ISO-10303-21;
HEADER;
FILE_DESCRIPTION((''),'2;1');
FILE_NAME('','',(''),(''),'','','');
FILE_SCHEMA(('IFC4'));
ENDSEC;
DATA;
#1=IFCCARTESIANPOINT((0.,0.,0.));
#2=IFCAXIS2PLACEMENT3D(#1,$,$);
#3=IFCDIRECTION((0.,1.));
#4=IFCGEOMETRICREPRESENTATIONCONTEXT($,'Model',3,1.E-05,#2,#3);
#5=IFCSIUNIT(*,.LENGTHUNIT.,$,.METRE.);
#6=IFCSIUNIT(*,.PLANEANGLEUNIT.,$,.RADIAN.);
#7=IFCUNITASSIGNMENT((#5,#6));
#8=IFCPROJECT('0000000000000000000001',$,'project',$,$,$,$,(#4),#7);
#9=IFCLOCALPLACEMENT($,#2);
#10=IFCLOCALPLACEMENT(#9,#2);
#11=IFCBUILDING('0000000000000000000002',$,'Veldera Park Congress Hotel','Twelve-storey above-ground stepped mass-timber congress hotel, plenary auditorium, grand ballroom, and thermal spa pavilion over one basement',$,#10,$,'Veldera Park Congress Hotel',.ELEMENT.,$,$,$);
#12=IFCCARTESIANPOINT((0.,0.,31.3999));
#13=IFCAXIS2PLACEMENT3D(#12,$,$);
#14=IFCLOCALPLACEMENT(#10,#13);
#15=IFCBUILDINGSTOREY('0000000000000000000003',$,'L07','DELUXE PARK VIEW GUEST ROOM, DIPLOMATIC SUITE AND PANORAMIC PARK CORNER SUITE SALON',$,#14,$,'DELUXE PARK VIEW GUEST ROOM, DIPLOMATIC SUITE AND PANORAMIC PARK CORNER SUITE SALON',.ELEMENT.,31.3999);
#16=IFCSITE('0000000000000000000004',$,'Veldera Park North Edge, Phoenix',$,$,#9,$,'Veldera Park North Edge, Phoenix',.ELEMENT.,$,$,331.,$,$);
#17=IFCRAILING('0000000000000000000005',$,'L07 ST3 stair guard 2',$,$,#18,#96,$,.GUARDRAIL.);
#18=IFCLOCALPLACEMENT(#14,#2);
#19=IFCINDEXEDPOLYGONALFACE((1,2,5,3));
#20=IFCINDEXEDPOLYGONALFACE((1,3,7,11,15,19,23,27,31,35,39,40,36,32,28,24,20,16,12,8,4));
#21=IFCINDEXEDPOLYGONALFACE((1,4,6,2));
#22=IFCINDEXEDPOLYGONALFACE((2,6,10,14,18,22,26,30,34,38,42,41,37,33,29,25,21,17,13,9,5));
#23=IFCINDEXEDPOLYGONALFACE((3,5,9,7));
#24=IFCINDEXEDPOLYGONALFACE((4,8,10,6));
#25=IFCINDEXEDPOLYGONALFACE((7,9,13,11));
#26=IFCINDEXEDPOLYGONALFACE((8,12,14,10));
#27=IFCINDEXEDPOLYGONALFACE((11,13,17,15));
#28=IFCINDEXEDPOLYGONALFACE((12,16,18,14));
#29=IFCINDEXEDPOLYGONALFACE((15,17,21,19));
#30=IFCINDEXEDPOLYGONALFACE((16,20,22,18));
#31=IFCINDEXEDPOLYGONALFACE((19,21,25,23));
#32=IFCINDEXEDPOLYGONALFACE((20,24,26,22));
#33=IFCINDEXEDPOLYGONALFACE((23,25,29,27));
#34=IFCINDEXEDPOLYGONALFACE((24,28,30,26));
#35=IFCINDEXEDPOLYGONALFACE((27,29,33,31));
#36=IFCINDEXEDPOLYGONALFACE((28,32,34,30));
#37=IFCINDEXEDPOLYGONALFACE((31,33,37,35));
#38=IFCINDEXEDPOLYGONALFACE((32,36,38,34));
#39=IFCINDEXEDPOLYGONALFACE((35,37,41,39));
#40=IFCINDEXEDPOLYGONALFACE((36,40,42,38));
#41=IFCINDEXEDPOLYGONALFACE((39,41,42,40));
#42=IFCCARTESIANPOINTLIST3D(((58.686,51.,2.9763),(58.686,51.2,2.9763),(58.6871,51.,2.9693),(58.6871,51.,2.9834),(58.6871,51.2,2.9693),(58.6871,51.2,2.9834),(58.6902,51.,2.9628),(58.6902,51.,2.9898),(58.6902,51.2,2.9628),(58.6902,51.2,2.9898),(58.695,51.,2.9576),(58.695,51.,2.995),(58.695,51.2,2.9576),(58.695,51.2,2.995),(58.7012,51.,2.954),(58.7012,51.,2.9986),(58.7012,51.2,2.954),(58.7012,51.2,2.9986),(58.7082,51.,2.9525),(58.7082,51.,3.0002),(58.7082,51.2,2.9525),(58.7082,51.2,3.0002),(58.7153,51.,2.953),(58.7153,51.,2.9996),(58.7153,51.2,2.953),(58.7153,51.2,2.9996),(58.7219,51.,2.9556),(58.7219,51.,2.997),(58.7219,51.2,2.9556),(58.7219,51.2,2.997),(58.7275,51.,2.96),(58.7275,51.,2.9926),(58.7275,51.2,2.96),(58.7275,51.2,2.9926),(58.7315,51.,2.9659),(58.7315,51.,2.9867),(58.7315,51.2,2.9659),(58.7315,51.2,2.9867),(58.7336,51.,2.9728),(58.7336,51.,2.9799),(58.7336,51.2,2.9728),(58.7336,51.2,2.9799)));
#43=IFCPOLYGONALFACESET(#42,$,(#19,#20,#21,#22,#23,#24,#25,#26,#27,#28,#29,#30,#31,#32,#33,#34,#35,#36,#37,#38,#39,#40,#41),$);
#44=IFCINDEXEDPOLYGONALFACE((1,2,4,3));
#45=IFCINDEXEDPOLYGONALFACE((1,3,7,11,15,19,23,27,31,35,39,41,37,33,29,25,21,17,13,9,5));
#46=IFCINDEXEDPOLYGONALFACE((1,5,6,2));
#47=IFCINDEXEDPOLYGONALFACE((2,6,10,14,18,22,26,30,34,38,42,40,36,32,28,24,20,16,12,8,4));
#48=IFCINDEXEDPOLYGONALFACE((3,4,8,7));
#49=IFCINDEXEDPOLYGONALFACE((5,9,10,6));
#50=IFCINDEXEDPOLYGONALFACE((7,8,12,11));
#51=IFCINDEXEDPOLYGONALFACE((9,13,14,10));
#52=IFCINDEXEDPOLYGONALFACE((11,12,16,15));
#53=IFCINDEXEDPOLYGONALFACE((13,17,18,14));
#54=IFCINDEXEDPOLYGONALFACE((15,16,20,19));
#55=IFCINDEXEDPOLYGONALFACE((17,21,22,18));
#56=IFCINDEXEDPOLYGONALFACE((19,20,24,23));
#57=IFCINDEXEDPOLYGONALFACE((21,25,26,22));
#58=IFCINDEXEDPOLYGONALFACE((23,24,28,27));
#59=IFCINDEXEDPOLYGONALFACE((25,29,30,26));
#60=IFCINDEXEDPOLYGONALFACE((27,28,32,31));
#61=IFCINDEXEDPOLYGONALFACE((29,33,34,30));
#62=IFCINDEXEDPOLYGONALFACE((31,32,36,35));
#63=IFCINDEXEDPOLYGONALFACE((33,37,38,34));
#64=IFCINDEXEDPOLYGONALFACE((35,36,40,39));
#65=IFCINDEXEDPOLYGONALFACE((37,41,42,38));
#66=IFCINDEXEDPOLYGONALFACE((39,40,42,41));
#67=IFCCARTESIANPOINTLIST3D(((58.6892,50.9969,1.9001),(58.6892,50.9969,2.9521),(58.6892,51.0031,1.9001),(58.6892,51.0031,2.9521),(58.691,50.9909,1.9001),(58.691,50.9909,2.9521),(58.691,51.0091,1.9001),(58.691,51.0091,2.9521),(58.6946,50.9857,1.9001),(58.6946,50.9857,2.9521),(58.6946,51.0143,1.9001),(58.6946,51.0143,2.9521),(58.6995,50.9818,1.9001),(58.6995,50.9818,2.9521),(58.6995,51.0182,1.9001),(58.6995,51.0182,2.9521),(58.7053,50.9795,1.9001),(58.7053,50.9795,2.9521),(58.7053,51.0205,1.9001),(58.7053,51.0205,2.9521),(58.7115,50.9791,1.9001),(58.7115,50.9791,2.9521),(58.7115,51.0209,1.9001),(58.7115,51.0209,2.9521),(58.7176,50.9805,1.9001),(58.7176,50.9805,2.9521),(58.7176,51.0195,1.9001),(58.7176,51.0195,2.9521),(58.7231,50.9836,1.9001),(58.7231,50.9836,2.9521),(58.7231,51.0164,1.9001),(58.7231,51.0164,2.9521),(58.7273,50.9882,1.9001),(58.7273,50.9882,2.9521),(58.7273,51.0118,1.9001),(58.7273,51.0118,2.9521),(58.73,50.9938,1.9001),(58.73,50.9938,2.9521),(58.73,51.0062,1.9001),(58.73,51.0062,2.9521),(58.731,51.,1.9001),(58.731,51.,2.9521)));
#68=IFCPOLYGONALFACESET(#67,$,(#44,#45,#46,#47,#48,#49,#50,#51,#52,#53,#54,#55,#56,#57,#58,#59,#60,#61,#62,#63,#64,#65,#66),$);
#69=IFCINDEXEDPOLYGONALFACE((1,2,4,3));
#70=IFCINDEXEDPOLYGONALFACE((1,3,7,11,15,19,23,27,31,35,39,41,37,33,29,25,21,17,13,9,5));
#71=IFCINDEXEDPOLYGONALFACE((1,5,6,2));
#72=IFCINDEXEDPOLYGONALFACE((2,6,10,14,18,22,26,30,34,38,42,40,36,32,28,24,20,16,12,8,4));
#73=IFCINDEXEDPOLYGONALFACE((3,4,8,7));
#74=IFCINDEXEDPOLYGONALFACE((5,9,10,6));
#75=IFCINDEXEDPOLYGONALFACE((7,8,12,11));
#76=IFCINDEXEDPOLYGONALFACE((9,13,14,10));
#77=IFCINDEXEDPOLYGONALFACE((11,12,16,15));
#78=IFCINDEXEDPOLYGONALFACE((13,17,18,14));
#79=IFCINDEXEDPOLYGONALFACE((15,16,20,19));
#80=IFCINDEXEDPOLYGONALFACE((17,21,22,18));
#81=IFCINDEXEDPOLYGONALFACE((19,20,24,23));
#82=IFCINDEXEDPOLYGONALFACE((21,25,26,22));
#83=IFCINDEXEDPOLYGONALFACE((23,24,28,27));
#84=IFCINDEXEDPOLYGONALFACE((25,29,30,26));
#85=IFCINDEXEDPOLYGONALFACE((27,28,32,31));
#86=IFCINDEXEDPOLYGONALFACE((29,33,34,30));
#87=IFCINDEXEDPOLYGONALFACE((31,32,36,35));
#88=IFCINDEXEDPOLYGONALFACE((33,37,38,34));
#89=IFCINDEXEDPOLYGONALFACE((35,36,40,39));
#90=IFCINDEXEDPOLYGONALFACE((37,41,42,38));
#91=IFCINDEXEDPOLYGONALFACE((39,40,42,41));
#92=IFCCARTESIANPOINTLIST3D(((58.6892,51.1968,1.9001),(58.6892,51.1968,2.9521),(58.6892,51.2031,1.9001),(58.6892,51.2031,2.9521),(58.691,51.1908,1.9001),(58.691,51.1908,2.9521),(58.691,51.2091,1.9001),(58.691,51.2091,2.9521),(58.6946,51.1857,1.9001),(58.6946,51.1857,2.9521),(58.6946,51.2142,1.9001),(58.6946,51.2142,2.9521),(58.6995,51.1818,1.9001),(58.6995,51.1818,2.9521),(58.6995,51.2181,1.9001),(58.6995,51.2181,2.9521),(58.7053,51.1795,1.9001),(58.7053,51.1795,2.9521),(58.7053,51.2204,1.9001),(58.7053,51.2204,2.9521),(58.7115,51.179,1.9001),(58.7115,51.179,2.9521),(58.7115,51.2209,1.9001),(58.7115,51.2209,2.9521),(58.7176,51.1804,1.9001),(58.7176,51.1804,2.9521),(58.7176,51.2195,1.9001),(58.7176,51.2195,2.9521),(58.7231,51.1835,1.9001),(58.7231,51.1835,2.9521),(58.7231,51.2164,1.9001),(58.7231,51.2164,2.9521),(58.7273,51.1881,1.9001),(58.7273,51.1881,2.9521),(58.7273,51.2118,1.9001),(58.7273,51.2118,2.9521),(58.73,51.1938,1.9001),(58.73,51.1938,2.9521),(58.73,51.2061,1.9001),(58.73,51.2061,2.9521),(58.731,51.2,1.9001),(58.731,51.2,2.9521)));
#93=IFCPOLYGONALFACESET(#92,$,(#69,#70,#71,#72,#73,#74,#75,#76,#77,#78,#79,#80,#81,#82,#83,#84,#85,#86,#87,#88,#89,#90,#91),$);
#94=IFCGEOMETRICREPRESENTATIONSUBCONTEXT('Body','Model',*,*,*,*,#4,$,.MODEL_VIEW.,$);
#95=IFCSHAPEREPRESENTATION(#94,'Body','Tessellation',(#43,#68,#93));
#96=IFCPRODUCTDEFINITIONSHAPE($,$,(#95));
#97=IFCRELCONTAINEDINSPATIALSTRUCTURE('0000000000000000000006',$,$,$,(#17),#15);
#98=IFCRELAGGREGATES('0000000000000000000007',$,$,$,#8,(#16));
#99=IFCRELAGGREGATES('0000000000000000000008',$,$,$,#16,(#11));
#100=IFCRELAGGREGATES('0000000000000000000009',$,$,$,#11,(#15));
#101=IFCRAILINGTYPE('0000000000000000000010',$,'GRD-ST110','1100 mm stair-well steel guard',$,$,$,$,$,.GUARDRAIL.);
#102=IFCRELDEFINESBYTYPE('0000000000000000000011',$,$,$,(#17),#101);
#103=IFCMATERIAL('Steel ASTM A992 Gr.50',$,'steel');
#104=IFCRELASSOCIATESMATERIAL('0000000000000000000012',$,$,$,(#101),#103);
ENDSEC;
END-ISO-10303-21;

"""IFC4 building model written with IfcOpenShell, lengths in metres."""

from ifc_helpers import new_model, si_unit, direction, frame, origin, origin_2d, place, context, subcontext, project, spatial, circle, extrude, material, type_object, element, save


model = new_model("IFC4")

# Units and contexts
model_context = context("Model", 3, precision=1e-05, world=origin(), true_north=direction((0.0, 1.0)))
body_context = subcontext(model_context, "Body", "Model", "MODEL_VIEW")
ifc_project = project(units=[si_unit("LENGTHUNIT", "METRE"), si_unit("PLANEANGLEUNIT", "RADIAN")], contexts=[model_context])

# Site, building, storey
site_placement = place(None, origin())
site = spatial("IfcSite", under=ifc_project, at=site_placement, Name="Veldera Park North Edge, Phoenix", LongName="Veldera Park North Edge, Phoenix", CompositionType="ELEMENT", RefElevation=331.0)
building_placement = place(site_placement, origin())
building = spatial("IfcBuilding", under=site, at=building_placement, Name="Veldera Park Congress Hotel", Description="Twelve-storey above-ground stepped mass-timber congress hotel, plenary auditorium, grand ballroom, and thermal spa pavilion over one basement", LongName="Veldera Park Congress Hotel", CompositionType="ELEMENT")
storey_placement = place(building_placement, frame((0.0, 0.0, 31.3999)))
storey = spatial("IfcBuildingStorey", under=building, at=storey_placement, Name="L07", Description="DELUXE PARK VIEW GUEST ROOM, DIPLOMATIC SUITE AND PANORAMIC PARK CORNER SUITE SALON", LongName="DELUXE PARK VIEW GUEST ROOM, DIPLOMATIC SUITE AND PANORAMIC PARK CORNER SUITE SALON", CompositionType="ELEMENT", Elevation=31.3999)

# Railing
ifc_material_1 = material(Name="Steel ASTM A992 Gr.50", Category="steel")
railing_type_1 = type_object("IfcRailingType", Name="GRD-ST110", Description="1100 mm stair-well steel guard", PredefinedType="GUARDRAIL", material=ifc_material_1)
railing_1_placement = place(storey_placement, frame((58.71, 51.0, 1.9001)))
element("IfcRailing", 1, at=railing_1_placement, inside=storey, type_object=railing_type_1, Name="L07 ST3 stair guard 2", PredefinedType="GUARDRAIL", context=body_context, shape_type="SweptSolid", body=[
    extrude(circle(Radius=0.0239, at=origin_2d()), frame((0.0, 0.0, 1.0762), z_axis=(0.0, 1.0, 0.0), x_axis=(-1.0, 0.0, 0.0)), (0.0, 0.0, 1.0), 0.2),
    extrude(circle(Radius=0.021, at=origin_2d()), origin(), (0.0, 0.0, 1.0), 1.052),
    extrude(circle(Radius=0.021, at=origin_2d()), frame((0.0, 0.2, 0.0)), (0.0, 0.0, 1.0), 1.052),
])

save(model, "model.ifc")
